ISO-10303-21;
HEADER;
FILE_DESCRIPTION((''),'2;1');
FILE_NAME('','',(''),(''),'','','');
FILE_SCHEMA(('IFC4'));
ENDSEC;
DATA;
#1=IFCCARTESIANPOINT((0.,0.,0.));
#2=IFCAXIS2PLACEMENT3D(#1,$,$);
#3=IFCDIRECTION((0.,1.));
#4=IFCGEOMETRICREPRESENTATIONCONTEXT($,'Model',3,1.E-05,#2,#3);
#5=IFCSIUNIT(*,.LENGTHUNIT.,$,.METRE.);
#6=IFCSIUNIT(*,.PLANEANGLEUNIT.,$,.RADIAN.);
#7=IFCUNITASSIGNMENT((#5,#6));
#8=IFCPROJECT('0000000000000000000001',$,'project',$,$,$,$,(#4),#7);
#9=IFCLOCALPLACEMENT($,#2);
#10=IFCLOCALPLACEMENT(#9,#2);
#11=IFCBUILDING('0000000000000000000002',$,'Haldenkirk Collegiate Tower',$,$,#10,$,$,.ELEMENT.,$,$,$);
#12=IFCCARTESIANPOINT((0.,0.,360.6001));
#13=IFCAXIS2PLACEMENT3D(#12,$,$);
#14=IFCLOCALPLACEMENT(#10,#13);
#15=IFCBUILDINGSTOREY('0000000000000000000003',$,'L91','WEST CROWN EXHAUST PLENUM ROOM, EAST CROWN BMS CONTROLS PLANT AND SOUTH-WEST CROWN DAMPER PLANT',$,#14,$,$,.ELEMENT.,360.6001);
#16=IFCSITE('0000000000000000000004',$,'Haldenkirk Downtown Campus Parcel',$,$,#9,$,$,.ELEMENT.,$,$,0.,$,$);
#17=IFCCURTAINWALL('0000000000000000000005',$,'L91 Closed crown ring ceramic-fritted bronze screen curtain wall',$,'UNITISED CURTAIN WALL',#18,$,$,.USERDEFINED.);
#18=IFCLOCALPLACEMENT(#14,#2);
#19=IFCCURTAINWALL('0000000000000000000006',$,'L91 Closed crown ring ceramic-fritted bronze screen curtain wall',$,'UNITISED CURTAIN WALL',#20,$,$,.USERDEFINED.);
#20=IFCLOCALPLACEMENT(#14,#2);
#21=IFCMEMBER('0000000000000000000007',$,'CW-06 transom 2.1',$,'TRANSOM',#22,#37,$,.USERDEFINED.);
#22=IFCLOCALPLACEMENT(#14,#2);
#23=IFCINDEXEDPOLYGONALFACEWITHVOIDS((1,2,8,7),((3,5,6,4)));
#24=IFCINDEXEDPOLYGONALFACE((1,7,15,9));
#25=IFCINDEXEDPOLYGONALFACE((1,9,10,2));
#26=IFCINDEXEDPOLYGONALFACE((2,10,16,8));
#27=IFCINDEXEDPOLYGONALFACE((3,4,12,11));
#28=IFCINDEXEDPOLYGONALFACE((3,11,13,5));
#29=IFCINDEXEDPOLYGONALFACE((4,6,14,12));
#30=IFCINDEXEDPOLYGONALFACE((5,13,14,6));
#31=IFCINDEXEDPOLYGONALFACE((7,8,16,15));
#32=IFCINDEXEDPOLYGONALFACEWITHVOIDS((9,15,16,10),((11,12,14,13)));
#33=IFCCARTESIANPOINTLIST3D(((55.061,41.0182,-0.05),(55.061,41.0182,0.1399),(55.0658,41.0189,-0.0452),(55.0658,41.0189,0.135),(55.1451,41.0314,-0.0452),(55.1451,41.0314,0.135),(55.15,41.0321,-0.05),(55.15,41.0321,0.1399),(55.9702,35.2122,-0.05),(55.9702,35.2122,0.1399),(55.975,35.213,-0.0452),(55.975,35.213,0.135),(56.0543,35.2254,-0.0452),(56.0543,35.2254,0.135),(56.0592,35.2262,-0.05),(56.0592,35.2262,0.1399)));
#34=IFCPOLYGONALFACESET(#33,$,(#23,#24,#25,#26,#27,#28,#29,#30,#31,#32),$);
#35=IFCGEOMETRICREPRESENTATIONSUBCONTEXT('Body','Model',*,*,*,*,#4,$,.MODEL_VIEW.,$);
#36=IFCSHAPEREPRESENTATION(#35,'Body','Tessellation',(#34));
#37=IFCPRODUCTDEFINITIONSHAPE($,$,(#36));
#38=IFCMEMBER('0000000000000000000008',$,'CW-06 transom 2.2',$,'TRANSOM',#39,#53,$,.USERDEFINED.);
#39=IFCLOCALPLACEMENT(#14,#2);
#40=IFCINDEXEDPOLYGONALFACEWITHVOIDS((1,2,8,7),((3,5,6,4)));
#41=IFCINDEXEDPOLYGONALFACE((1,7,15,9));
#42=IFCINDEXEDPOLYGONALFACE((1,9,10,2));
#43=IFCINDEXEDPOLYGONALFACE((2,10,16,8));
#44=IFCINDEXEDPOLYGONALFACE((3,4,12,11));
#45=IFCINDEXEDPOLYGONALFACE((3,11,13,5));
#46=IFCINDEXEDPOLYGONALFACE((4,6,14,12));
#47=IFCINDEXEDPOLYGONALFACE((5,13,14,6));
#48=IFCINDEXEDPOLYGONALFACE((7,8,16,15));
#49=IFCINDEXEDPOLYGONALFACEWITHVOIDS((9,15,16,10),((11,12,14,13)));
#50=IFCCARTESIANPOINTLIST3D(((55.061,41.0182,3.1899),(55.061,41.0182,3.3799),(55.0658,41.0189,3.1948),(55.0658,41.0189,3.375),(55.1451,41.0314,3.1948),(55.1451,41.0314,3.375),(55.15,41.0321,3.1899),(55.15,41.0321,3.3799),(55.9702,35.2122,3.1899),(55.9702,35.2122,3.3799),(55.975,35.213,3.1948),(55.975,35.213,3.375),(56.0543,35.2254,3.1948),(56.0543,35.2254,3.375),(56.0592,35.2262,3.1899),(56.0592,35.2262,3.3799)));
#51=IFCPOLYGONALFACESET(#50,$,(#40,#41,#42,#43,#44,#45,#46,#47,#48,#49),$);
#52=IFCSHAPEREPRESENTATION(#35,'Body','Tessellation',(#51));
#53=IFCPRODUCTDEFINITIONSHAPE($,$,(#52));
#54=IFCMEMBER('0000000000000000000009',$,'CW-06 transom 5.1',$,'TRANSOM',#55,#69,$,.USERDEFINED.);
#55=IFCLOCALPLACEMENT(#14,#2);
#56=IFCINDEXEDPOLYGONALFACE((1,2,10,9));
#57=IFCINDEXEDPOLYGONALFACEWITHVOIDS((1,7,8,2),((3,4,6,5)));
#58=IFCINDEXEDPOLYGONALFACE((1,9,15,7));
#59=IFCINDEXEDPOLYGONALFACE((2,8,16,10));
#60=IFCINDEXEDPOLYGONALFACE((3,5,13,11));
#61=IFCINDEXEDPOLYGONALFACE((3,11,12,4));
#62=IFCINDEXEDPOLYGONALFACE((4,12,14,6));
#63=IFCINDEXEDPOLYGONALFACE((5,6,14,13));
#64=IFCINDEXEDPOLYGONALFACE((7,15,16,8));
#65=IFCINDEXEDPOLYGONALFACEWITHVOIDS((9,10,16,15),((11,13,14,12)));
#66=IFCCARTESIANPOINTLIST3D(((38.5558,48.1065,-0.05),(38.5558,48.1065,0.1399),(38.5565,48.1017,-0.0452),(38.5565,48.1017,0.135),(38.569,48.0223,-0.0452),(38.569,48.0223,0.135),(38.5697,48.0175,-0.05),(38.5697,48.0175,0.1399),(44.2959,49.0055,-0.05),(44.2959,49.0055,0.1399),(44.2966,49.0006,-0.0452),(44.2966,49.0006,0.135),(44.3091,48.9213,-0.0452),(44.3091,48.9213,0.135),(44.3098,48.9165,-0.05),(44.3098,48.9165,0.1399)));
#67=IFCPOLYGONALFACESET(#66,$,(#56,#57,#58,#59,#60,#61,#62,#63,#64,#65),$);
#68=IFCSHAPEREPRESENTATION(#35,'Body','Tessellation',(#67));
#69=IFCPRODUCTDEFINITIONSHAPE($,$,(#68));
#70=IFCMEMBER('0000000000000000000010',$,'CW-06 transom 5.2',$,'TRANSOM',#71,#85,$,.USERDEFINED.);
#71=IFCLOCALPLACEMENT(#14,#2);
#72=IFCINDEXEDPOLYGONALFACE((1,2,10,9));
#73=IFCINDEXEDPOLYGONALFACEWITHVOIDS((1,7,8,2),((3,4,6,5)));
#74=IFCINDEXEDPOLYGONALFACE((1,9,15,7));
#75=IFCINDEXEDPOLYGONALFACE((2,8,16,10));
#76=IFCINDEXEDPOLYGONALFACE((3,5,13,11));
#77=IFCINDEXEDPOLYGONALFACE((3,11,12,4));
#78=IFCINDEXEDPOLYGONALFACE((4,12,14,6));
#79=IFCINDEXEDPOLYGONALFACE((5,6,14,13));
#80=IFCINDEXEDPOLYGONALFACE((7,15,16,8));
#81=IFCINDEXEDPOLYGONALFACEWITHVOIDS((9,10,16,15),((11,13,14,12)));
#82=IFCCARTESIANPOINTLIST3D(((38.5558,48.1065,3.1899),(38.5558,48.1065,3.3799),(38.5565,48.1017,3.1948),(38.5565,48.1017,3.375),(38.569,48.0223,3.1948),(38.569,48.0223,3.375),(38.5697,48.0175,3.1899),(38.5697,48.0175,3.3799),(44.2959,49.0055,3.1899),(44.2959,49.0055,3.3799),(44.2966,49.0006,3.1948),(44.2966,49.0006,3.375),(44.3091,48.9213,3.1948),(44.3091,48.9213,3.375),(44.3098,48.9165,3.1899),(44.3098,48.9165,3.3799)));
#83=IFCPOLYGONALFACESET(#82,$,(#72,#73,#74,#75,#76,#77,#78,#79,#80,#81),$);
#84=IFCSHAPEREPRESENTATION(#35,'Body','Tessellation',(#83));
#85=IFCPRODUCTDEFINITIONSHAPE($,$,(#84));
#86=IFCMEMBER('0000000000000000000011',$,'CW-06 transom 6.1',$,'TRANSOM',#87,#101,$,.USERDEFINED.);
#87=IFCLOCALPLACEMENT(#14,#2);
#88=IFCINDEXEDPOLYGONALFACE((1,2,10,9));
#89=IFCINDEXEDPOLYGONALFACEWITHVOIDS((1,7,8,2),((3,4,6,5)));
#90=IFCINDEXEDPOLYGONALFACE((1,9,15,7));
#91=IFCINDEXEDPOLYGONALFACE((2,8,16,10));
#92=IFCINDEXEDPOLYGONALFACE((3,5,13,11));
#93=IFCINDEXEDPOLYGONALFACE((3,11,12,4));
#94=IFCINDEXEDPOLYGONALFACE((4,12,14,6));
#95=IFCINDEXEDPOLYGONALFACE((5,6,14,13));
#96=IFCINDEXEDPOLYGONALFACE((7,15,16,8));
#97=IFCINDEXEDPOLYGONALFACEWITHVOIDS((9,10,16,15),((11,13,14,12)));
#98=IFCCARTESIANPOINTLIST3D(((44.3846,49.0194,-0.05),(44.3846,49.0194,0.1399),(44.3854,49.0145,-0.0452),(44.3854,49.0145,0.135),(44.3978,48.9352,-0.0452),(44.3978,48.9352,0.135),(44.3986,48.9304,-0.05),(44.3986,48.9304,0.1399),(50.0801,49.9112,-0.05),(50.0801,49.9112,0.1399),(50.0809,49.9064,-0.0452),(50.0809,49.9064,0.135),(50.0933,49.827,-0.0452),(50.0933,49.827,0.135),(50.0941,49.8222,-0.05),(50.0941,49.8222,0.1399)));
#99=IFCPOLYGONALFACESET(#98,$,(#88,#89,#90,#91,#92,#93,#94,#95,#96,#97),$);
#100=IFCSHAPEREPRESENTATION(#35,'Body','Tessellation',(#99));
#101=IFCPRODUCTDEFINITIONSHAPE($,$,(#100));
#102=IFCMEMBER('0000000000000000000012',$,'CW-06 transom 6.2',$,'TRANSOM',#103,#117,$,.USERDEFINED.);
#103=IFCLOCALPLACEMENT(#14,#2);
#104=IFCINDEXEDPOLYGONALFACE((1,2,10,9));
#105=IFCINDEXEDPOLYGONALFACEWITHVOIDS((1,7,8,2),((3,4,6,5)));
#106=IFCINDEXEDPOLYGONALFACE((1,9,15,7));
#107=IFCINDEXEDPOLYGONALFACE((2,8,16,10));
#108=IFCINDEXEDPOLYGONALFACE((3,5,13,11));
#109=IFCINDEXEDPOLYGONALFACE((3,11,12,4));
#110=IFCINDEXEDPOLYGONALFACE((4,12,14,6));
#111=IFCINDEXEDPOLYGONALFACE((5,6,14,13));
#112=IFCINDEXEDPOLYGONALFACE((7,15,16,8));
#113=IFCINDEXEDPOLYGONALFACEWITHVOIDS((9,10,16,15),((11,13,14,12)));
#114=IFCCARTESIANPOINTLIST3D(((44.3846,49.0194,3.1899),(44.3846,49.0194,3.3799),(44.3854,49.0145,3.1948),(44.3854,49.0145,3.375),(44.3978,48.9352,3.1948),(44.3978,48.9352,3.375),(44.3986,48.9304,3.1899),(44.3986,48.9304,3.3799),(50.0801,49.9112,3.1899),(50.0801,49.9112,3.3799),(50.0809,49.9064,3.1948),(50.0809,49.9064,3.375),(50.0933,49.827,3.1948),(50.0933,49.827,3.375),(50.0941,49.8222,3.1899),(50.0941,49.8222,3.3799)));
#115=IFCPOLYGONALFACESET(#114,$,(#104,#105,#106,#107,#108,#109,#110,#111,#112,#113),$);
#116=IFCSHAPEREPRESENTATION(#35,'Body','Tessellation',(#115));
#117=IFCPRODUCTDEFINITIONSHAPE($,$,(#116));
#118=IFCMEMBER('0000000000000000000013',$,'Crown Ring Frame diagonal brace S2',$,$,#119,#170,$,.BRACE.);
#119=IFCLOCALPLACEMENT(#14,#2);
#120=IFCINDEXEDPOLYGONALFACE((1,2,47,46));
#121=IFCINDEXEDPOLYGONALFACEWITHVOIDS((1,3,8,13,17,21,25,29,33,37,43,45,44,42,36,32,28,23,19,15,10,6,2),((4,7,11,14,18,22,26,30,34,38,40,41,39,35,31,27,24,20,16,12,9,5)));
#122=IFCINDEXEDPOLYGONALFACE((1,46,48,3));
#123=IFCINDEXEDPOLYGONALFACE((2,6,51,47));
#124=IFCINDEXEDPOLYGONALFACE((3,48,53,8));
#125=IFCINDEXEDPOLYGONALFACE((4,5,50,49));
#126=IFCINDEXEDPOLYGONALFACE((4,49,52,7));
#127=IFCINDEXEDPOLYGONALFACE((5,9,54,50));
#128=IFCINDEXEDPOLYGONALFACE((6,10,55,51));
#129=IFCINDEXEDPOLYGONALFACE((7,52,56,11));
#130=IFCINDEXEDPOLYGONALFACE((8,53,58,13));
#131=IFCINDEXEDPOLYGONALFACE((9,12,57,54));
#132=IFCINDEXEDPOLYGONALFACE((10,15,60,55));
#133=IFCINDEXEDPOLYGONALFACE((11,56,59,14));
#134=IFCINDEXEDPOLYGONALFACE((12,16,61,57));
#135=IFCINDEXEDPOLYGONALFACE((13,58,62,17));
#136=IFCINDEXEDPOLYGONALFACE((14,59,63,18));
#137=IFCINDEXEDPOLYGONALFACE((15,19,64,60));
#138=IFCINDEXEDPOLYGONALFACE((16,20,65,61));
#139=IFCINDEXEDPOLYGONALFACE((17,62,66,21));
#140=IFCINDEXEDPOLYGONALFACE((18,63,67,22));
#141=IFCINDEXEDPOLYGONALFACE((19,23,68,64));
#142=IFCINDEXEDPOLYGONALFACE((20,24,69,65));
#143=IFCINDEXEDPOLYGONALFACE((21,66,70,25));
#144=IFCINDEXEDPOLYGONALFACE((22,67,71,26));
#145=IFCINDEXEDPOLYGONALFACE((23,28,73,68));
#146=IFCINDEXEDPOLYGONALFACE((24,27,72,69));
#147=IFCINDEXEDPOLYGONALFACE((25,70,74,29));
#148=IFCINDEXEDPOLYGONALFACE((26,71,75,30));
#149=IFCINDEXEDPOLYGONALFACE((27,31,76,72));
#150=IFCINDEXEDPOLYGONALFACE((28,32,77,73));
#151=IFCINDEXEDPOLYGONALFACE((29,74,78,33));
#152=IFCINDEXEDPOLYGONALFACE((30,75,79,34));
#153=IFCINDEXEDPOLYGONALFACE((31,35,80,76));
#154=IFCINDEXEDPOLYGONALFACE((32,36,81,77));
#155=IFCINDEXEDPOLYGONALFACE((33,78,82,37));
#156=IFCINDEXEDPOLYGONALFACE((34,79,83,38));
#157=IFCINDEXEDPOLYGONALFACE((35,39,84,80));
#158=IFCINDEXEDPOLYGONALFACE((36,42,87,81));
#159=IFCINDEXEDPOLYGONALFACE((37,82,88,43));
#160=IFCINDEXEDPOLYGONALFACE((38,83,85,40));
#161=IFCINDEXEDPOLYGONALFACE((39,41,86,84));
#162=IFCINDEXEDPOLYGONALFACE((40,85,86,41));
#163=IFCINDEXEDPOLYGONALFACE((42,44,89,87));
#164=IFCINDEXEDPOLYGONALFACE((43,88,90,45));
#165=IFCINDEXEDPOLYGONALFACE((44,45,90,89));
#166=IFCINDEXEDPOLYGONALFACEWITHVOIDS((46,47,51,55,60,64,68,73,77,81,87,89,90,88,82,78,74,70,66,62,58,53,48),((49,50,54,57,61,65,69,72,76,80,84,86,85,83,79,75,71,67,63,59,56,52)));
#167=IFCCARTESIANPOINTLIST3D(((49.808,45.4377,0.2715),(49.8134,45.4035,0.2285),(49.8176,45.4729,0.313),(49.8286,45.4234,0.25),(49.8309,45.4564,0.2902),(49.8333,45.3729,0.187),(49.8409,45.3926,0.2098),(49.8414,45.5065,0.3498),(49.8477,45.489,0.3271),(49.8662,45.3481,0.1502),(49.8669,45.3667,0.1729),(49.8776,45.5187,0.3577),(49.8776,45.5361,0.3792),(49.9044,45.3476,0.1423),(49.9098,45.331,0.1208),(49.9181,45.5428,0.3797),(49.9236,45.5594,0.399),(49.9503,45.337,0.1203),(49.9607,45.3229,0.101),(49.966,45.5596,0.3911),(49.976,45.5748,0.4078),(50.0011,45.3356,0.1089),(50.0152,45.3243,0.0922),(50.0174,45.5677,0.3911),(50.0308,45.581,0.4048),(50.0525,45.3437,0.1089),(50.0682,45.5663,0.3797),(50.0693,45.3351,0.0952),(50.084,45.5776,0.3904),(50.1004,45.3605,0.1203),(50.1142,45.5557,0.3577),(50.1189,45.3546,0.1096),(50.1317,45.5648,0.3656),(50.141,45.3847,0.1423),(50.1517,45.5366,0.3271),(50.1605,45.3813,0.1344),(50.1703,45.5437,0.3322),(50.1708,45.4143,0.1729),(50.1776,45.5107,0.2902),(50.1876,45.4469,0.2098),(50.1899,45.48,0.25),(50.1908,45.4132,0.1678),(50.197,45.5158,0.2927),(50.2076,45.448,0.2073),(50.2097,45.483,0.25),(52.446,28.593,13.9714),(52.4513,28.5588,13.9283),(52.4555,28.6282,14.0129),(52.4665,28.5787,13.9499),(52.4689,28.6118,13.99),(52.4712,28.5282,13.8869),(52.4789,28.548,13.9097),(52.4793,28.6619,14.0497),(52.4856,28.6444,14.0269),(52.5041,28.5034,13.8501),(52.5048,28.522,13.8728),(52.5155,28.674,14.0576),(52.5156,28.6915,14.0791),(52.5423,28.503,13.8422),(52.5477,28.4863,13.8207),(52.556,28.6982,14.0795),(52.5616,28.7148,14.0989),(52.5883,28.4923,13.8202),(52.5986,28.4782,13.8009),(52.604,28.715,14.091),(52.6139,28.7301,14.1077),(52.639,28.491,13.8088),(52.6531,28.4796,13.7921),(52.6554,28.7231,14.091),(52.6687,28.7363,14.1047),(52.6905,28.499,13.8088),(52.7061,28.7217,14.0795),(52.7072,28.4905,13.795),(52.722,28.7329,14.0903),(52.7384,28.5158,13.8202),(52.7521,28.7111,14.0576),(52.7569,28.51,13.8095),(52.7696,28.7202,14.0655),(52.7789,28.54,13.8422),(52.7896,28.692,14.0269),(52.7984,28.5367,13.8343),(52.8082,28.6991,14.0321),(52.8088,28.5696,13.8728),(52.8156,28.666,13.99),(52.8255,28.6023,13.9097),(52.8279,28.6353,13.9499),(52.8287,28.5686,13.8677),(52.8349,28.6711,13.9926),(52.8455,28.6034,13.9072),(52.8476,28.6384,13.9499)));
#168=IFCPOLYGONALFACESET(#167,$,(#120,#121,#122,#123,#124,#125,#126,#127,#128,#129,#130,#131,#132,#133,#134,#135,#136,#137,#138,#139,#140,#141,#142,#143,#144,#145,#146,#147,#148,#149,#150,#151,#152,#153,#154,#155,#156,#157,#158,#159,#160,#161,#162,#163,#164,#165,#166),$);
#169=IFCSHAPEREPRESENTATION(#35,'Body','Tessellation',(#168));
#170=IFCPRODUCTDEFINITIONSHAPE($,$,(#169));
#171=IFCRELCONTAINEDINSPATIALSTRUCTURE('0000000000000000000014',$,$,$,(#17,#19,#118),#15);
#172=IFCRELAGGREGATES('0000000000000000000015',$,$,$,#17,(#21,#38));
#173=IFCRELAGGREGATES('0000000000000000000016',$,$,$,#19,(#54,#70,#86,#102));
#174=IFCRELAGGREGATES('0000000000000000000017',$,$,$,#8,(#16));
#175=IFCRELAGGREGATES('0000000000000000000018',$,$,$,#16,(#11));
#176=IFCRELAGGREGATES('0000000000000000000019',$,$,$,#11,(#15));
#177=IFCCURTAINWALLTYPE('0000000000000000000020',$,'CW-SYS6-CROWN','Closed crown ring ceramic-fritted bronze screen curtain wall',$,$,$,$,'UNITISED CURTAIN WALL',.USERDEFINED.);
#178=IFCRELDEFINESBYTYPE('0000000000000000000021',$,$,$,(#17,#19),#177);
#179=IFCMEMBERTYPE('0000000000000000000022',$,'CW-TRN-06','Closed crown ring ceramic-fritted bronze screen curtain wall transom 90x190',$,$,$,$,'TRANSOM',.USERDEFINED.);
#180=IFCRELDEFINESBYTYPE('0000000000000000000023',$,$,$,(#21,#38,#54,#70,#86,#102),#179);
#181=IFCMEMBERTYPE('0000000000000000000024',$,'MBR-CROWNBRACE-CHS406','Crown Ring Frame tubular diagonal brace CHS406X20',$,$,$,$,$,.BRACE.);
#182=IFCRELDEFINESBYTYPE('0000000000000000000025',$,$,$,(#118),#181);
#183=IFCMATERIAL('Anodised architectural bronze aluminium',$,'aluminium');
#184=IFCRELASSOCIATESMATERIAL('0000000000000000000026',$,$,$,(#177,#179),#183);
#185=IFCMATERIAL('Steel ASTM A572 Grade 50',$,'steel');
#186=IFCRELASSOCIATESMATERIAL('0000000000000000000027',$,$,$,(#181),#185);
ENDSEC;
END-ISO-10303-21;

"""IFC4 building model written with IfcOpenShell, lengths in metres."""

from ifc_helpers import new_model, si_unit, direction, frame, origin, origin_2d, place, context, subcontext, project, spatial, hollow_rectangle, hollow_circle, extrude, material, material_profile, profile_set, type_object, element, aggregate, save


model = new_model("IFC4")

# Units and contexts
model_context = context("Model", 3, precision=1e-05, world=origin(), true_north=direction((0.0, 1.0)))
body_context = subcontext(model_context, "Body", "Model", "MODEL_VIEW")
ifc_project = project(units=[si_unit("LENGTHUNIT", "METRE"), si_unit("PLANEANGLEUNIT", "RADIAN")], contexts=[model_context])

# Site, building, storey
site_placement = place(None, origin())
site = spatial("IfcSite", under=ifc_project, at=site_placement, Name="Haldenkirk Downtown Campus Parcel", CompositionType="ELEMENT", RefElevation=0.0)
building_placement = place(site_placement, origin())
building = spatial("IfcBuilding", under=site, at=building_placement, Name="Haldenkirk Collegiate Tower", CompositionType="ELEMENT")
storey_placement = place(building_placement, frame((0.0, 0.0, 360.6001)))
storey = spatial("IfcBuildingStorey", under=building, at=storey_placement, Name="L91", Description="WEST CROWN EXHAUST PLENUM ROOM, EAST CROWN BMS CONTROLS PLANT AND SOUTH-WEST CROWN DAMPER PLANT", CompositionType="ELEMENT", Elevation=360.6001)

# Shared definitions
ifc_material_1 = material(Name="Steel ASTM A572 Grade 50", Category="steel")

# Curtain walls
ifc_material_2 = material(Name="Anodised architectural bronze aluminium", Category="aluminium")
curtain_wall_type = type_object("IfcCurtainWallType", Name="CW-SYS6-CROWN", Description="Closed crown ring ceramic-fritted bronze screen curtain wall", ElementType="UNITISED CURTAIN WALL", PredefinedType="USERDEFINED", material=ifc_material_2)
curtain_wall_1_placement = place(storey_placement, origin())
curtain_wall_1 = element("IfcCurtainWall", 1, at=curtain_wall_1_placement, inside=storey, type_object=curtain_wall_type, Name="L91 Closed crown ring ceramic-fritted bronze screen curtain wall", ObjectType="UNITISED CURTAIN WALL", PredefinedType="USERDEFINED")
curtain_wall_2_placement = place(storey_placement, origin())
curtain_wall_2 = element("IfcCurtainWall", 2, at=curtain_wall_2_placement, inside=storey, type_object=curtain_wall_type, Name="L91 Closed crown ring ceramic-fritted bronze screen curtain wall", ObjectType="UNITISED CURTAIN WALL", PredefinedType="USERDEFINED")

# Members
ifc_material_profile_1 = material_profile(ifc_material_2, hollow_rectangle(XDim=0.0901, YDim=0.1899, WallThickness=0.0049, at=origin_2d()), Name="CW-TRN-06")
ifc_profile_set_1 = profile_set([ifc_material_profile_1], Name="Anodised architectural bronze aluminium")
member_type_1 = type_object("IfcMemberType", Name="CW-TRN-06", Description="Closed crown ring ceramic-fritted bronze screen curtain wall transom 90x190", ElementType="TRANSOM", PredefinedType="USERDEFINED", material=ifc_profile_set_1)
member_1_placement = place(storey_placement, frame((55.1055, 41.0251, 0.0449), z_axis=(0.15471, -0.98796, 0.0), x_axis=(0.98796, 0.15471, 0.0)))
member_1 = element("IfcMember", 3, at=member_1_placement, type_object=member_type_1, Name="CW-06 transom 2.1", ObjectType="TRANSOM", PredefinedType="USERDEFINED", context=body_context, shape_type="SweptSolid", body=[
    extrude(hollow_rectangle(XDim=0.0901, YDim=0.1899, WallThickness=0.0049, at=origin_2d()), origin(), (0.0, 0.0, 1.0), 5.8767),
])
member_2_placement = place(storey_placement, frame((55.1055, 41.0251, 3.2849), z_axis=(0.15471, -0.98796, 0.0), x_axis=(0.98796, 0.15471, 0.0)))
member_2 = element("IfcMember", 4, at=member_2_placement, type_object=member_type_1, Name="CW-06 transom 2.2", ObjectType="TRANSOM", PredefinedType="USERDEFINED", context=body_context, shape_type="SweptSolid", body=[
    extrude(hollow_rectangle(XDim=0.0901, YDim=0.1899, WallThickness=0.0049, at=origin_2d()), origin(), (0.0, 0.0, 1.0), 5.8767),
])
member_3_placement = place(storey_placement, frame((38.5627, 48.062, 0.0449), z_axis=(0.987958, 0.154722, 0.0), x_axis=(-0.154722, 0.987958, 0.0)))
member_3 = element("IfcMember", 5, at=member_3_placement, type_object=member_type_1, Name="CW-06 transom 5.1", ObjectType="TRANSOM", PredefinedType="USERDEFINED", context=body_context, shape_type="SweptSolid", body=[
    extrude(hollow_rectangle(XDim=0.0901, YDim=0.1899, WallThickness=0.0049, at=origin_2d()), origin(), (0.0, 0.0, 1.0), 5.8101),
])
member_4_placement = place(storey_placement, frame((38.5627, 48.062, 3.2849), z_axis=(0.987958, 0.154722, 0.0), x_axis=(-0.154722, 0.987958, 0.0)))
member_4 = element("IfcMember", 6, at=member_4_placement, type_object=member_type_1, Name="CW-06 transom 5.2", ObjectType="TRANSOM", PredefinedType="USERDEFINED", context=body_context, shape_type="SweptSolid", body=[
    extrude(hollow_rectangle(XDim=0.0901, YDim=0.1899, WallThickness=0.0049, at=origin_2d()), origin(), (0.0, 0.0, 1.0), 5.8101),
])
member_5_placement = place(storey_placement, frame((44.3916, 48.9749, 0.0449), z_axis=(0.987961, 0.154701, 0.0), x_axis=(-0.154701, 0.987961, 0.0)))
member_5 = element("IfcMember", 7, at=member_5_placement, type_object=member_type_1, Name="CW-06 transom 6.1", ObjectType="TRANSOM", PredefinedType="USERDEFINED", context=body_context, shape_type="SweptSolid", body=[
    extrude(hollow_rectangle(XDim=0.0901, YDim=0.1899, WallThickness=0.0049, at=origin_2d()), origin(), (0.0, 0.0, 1.0), 5.7649),
])
member_6_placement = place(storey_placement, frame((44.3916, 48.9749, 3.2849), z_axis=(0.987961, 0.154701, 0.0), x_axis=(-0.154701, 0.987961, 0.0)))
member_6 = element("IfcMember", 8, at=member_6_placement, type_object=member_type_1, Name="CW-06 transom 6.2", ObjectType="TRANSOM", PredefinedType="USERDEFINED", context=body_context, shape_type="SweptSolid", body=[
    extrude(hollow_rectangle(XDim=0.0901, YDim=0.1899, WallThickness=0.0049, at=origin_2d()), origin(), (0.0, 0.0, 1.0), 5.7649),
])

# Member
ifc_material_profile_2 = material_profile(ifc_material_1, hollow_circle(Radius=0.2029, WallThickness=0.02, at=origin_2d()), Name="CHS406X20")
ifc_profile_set_2 = profile_set([ifc_material_profile_2], Name="Steel ASTM A572 Grade 50")
member_type_2 = type_object("IfcMemberType", Name="MBR-CROWNBRACE-CHS406", Description="Crown Ring Frame tubular diagonal brace CHS406X20", PredefinedType="BRACE", material=ifc_profile_set_2)
member_7_placement = place(storey_placement, frame((50.0093, 45.4517, 0.25), z_axis=(0.120607, -0.770144, 0.626364), x_axis=(0.987959, 0.154718, 0.0)))
element("IfcMember", 9, at=member_7_placement, inside=storey, type_object=member_type_2, Name="Crown Ring Frame diagonal brace S2", PredefinedType="BRACE", context=body_context, shape_type="SweptSolid", body=[
    extrude(hollow_circle(Radius=0.2029, WallThickness=0.02, at=origin_2d()), origin(), (0.0, 0.0, 1.0), 21.8721),
])

aggregate(curtain_wall_1, [member_1, member_2])
aggregate(curtain_wall_2, [member_3, member_4, member_5, member_6])

save(model, "model.ifc")
